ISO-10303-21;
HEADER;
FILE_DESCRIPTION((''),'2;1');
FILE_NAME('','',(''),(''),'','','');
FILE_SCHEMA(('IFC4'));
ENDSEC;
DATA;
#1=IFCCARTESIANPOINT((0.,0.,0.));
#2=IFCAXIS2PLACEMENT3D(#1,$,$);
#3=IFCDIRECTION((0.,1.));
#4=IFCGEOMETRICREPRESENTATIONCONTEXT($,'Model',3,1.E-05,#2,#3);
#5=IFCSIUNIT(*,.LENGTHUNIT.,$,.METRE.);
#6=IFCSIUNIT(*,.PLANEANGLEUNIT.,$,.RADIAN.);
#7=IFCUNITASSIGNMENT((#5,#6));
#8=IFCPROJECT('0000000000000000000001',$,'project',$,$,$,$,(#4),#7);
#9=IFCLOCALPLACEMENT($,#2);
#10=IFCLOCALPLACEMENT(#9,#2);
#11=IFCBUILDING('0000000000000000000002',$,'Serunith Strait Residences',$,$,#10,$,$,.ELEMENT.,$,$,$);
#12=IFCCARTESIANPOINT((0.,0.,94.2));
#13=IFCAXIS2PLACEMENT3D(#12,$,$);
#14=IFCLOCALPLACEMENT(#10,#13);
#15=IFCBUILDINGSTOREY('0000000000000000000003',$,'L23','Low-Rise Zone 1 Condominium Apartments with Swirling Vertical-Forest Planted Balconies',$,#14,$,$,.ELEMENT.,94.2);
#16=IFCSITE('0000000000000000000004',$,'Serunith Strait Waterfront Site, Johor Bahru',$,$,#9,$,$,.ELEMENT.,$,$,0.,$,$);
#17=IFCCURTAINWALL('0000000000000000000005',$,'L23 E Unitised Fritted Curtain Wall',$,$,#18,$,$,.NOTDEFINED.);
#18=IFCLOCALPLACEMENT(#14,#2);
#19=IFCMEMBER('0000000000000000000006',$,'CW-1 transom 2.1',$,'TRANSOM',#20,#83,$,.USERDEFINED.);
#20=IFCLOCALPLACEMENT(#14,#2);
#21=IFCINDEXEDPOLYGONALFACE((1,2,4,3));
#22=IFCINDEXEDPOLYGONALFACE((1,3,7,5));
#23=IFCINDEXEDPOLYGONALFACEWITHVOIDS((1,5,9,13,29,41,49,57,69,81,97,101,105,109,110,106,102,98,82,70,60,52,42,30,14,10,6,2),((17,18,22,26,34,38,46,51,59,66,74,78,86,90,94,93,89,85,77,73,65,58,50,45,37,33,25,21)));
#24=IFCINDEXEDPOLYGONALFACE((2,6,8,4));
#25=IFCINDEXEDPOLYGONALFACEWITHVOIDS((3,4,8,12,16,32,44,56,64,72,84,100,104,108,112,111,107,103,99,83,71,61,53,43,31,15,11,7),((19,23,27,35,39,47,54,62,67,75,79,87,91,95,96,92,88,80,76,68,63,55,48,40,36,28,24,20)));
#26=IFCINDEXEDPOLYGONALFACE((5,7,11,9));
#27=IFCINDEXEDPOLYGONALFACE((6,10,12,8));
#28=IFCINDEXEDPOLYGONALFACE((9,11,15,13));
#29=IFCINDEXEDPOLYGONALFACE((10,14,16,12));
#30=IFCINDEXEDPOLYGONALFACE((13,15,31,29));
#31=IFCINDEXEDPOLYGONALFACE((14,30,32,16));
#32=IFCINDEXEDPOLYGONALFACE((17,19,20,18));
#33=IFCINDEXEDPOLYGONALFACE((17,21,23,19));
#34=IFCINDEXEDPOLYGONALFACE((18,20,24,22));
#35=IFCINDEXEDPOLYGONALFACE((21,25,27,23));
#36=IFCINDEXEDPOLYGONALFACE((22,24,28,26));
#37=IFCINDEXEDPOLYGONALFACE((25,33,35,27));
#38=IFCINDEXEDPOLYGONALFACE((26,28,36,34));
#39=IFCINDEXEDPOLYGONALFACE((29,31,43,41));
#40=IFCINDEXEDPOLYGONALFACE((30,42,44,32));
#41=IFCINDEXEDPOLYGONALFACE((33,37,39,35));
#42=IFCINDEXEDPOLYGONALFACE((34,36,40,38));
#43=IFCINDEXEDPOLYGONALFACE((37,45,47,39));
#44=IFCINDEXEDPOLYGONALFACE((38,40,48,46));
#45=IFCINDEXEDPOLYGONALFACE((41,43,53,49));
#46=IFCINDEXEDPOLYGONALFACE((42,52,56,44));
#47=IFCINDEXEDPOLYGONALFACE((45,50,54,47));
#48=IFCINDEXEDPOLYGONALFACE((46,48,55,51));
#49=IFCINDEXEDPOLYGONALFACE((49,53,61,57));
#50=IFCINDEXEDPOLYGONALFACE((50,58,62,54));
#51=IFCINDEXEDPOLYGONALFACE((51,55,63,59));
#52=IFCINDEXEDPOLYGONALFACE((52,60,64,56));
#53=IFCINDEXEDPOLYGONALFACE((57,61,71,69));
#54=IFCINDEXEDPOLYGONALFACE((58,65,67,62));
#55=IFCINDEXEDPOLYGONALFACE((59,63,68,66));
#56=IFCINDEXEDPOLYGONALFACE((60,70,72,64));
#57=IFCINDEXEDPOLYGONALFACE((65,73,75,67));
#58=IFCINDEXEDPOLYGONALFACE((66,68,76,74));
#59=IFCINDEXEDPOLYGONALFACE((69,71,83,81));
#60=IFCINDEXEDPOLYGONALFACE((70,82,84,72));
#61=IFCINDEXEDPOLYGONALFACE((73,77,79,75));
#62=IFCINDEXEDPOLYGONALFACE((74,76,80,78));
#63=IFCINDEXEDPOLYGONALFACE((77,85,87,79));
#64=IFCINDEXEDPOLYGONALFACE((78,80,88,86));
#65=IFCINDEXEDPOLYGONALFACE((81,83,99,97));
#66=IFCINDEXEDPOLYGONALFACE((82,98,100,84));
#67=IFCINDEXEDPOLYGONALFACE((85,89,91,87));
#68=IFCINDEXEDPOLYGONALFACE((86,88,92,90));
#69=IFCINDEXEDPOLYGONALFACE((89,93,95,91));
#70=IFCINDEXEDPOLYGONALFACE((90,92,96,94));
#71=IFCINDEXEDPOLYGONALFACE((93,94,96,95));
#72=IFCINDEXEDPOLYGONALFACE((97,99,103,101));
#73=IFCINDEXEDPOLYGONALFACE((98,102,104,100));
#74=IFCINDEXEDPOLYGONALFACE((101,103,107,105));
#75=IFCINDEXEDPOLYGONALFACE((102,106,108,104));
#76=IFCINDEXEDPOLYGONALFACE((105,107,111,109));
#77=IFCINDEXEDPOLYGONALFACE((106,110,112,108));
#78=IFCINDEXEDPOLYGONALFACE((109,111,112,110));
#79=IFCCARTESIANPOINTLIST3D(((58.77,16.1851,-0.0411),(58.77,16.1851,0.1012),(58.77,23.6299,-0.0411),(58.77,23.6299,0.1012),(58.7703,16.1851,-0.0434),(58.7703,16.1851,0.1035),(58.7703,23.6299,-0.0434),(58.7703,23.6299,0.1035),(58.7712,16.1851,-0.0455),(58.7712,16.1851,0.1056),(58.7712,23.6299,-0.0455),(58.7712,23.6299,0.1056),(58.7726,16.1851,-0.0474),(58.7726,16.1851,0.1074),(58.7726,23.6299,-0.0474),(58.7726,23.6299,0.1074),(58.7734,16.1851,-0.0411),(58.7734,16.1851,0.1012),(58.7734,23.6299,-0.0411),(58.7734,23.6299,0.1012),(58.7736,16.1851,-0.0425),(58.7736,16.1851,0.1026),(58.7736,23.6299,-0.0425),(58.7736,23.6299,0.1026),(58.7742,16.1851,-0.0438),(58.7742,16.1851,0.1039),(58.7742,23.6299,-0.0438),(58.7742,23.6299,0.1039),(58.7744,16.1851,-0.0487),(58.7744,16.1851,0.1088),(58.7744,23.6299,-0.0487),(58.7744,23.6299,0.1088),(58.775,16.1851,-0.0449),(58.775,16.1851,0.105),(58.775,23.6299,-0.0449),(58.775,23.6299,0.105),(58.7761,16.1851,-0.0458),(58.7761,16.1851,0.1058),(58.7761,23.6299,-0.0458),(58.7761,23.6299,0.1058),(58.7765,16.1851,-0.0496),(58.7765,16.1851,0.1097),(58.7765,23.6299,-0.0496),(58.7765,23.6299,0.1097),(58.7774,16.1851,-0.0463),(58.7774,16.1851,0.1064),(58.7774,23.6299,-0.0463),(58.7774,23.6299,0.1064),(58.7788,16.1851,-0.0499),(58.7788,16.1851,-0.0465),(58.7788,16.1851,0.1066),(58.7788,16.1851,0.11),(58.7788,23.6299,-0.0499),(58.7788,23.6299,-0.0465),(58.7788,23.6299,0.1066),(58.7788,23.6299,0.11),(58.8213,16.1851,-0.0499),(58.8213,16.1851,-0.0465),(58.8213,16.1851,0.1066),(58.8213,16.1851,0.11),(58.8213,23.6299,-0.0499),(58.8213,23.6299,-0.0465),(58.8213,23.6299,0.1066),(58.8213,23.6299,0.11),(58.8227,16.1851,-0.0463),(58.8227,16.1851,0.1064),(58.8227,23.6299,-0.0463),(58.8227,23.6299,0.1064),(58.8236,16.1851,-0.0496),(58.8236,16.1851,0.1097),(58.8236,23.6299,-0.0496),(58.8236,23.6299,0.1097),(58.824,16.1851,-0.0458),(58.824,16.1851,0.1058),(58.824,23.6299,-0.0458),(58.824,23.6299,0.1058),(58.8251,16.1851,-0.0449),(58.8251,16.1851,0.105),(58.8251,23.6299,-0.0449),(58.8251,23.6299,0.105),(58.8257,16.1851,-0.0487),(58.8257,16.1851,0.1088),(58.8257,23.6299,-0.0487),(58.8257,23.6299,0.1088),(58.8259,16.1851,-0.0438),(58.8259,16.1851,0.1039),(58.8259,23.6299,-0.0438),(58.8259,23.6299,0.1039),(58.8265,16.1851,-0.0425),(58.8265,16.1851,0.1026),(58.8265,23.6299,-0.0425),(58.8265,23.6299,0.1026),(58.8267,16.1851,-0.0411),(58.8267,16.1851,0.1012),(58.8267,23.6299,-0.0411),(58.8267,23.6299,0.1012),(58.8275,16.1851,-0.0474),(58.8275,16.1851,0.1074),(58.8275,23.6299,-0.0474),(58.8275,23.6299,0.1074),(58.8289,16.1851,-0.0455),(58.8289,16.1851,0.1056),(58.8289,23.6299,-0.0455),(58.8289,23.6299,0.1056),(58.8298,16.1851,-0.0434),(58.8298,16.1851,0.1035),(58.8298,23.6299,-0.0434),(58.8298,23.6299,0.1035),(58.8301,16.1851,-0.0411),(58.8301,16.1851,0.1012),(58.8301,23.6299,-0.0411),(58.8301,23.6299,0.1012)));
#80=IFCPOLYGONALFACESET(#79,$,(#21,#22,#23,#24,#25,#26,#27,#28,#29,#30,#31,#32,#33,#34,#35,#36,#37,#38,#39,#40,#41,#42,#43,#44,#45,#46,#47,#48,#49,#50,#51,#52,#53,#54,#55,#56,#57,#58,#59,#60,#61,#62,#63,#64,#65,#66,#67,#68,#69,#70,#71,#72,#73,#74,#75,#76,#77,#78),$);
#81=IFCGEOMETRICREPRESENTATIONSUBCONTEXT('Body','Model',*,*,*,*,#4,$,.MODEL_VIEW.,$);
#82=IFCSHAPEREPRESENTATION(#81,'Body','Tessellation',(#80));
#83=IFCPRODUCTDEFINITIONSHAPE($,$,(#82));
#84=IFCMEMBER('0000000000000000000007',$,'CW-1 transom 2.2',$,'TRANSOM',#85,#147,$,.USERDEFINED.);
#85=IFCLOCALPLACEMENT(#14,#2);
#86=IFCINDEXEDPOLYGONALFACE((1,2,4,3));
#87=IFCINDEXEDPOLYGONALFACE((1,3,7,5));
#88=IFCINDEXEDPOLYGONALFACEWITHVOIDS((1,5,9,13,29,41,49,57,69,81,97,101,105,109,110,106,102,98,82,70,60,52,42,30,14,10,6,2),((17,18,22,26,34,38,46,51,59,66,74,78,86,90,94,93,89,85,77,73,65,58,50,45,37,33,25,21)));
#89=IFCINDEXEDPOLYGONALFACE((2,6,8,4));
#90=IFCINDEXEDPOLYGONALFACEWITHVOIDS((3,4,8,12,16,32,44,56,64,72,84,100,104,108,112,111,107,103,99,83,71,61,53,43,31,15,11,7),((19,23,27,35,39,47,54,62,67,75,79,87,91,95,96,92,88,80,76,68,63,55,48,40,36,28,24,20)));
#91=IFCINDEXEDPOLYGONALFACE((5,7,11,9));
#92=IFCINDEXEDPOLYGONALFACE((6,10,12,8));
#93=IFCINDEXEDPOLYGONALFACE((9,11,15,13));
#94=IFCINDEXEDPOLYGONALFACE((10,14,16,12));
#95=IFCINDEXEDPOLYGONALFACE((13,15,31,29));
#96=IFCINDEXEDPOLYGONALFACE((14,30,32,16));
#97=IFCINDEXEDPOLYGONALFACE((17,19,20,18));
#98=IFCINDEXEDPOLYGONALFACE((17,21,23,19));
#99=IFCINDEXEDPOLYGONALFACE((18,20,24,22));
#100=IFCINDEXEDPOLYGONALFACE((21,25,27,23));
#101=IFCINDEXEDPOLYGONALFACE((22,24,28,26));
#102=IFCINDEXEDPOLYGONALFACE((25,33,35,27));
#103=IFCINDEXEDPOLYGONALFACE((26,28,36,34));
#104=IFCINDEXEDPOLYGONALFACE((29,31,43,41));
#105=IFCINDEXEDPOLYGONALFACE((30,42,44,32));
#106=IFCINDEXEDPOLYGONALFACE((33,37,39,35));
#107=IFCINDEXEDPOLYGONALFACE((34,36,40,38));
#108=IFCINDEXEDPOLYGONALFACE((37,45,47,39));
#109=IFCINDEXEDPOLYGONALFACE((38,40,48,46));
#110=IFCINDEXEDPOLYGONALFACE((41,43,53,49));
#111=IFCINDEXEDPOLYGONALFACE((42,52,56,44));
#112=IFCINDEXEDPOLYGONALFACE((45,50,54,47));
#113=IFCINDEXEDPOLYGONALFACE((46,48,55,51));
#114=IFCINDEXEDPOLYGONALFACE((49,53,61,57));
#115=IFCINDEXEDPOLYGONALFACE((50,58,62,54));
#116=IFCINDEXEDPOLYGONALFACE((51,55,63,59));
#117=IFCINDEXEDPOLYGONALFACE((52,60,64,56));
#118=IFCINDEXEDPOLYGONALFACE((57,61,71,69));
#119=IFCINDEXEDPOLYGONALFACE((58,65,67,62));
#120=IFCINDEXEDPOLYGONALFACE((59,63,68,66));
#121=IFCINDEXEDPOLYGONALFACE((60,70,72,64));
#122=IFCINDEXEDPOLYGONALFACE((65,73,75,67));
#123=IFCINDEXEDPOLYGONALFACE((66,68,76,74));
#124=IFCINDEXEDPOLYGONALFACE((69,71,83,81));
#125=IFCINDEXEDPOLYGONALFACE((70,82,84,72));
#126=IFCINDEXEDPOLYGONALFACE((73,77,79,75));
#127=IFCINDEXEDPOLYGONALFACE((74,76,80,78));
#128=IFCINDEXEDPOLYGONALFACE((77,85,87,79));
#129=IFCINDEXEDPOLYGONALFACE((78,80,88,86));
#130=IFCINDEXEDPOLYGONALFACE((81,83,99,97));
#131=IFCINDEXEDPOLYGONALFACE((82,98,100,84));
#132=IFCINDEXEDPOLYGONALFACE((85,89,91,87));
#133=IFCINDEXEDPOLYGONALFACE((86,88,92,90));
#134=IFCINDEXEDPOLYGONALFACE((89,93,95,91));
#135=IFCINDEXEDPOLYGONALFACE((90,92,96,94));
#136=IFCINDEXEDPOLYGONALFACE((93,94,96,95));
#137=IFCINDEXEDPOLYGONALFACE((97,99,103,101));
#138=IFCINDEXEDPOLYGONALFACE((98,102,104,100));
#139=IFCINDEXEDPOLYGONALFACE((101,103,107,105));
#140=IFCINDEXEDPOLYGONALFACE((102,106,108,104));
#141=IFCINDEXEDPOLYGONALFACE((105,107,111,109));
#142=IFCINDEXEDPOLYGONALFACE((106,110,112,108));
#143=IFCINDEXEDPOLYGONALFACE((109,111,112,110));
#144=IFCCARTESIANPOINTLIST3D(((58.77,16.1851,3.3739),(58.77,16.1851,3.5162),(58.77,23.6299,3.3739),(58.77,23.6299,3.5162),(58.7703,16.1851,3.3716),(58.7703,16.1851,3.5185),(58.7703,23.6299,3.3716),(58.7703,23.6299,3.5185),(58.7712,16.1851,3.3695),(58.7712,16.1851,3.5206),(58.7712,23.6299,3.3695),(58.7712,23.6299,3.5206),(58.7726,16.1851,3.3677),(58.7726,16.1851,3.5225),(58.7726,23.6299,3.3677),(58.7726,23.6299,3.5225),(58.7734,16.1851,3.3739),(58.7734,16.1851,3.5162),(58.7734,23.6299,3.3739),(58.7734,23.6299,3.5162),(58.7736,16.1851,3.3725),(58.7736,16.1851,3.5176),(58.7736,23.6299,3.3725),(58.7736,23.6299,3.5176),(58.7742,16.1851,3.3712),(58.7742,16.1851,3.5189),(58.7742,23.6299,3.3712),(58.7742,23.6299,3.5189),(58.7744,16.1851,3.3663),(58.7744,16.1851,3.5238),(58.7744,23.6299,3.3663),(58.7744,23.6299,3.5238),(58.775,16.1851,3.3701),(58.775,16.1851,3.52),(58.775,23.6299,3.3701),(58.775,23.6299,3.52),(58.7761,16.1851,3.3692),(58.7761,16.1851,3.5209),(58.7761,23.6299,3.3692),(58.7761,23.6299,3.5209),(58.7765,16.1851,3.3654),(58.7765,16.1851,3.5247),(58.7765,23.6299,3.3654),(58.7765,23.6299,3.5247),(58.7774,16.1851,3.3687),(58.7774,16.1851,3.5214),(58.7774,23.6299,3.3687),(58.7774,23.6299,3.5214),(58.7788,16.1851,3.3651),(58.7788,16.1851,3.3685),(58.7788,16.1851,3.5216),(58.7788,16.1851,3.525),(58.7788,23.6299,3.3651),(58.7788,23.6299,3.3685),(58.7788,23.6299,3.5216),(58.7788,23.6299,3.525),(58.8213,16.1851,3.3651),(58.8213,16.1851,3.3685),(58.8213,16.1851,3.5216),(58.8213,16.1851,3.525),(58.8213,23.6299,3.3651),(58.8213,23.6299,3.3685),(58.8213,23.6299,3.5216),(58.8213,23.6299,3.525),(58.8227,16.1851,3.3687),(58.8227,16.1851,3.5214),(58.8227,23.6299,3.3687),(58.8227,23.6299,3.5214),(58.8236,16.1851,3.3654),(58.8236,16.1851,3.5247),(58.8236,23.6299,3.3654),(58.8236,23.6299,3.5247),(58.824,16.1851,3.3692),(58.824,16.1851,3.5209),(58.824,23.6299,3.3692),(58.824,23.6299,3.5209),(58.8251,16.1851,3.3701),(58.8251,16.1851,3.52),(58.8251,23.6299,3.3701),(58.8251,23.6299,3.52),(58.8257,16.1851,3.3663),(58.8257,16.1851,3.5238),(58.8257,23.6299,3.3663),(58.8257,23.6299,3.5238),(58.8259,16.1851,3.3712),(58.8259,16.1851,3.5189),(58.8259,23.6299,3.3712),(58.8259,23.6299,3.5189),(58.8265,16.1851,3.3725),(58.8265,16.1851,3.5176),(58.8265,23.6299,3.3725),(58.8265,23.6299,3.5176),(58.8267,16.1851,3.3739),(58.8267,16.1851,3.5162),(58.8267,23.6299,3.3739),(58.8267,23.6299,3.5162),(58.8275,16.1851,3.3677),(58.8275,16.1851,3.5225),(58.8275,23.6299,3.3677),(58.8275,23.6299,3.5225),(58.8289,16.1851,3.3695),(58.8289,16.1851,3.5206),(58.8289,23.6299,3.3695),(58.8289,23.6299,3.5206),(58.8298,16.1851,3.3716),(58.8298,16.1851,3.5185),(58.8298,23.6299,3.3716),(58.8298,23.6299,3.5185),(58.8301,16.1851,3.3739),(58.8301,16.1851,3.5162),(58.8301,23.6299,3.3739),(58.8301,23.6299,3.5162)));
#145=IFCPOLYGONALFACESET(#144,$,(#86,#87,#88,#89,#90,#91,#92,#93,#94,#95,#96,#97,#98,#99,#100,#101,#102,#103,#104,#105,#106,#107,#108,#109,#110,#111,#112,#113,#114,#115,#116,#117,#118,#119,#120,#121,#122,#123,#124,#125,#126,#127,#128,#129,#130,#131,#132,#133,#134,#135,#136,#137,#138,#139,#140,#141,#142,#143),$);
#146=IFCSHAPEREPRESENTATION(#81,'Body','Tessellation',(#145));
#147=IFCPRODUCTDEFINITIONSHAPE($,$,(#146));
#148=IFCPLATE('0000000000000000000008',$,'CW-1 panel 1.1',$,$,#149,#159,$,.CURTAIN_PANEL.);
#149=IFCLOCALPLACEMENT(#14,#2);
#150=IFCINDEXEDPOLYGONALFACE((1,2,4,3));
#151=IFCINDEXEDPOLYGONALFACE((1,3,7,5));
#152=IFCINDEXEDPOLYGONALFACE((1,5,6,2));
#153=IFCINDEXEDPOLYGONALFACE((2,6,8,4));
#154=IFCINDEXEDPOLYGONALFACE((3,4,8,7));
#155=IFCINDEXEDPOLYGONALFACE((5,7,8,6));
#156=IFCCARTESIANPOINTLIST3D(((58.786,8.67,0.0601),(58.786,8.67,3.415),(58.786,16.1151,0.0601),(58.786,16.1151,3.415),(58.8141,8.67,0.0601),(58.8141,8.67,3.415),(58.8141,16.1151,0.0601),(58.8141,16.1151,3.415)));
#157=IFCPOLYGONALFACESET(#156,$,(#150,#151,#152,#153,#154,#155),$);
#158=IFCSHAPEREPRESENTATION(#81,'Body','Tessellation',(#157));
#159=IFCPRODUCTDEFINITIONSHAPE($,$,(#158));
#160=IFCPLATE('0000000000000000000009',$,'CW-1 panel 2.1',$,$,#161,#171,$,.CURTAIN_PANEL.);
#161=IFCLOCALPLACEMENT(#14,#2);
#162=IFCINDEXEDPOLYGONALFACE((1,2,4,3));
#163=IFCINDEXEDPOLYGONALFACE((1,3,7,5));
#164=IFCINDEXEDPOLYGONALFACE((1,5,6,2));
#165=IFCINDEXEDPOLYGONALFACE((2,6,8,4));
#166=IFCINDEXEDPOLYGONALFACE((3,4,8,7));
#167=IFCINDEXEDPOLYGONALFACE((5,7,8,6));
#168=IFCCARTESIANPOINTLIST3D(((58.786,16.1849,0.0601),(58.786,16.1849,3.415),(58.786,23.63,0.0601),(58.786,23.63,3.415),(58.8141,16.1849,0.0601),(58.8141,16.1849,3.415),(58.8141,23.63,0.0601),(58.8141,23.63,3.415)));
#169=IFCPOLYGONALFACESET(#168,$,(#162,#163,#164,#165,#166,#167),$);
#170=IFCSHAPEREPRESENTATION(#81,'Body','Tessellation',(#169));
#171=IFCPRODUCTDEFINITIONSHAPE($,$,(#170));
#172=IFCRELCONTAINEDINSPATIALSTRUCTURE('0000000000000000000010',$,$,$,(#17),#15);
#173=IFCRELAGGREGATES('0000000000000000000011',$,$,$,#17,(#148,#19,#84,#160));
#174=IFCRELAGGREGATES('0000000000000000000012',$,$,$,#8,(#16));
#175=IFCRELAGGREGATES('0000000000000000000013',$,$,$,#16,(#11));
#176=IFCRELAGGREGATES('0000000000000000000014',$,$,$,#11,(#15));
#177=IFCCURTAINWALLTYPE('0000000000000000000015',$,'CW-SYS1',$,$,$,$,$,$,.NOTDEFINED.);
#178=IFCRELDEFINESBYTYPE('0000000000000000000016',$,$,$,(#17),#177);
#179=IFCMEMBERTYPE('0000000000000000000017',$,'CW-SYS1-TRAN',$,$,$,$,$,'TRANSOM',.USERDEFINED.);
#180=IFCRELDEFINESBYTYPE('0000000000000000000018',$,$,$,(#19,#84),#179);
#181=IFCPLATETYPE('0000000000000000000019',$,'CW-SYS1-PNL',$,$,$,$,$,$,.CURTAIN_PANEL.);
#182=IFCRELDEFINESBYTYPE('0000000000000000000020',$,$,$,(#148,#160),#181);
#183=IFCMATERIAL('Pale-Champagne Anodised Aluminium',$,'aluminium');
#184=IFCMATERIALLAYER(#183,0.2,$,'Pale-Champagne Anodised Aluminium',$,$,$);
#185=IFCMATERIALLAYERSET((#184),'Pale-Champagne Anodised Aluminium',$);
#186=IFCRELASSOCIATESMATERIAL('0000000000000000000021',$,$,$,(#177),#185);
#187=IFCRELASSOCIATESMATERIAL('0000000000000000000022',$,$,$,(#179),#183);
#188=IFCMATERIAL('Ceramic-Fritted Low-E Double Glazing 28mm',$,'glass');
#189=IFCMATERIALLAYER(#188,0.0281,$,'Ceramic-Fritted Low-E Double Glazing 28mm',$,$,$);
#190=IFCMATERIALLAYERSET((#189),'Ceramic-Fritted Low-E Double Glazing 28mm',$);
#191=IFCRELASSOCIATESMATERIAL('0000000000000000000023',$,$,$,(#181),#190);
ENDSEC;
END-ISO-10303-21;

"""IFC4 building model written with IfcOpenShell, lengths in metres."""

from ifc_helpers import new_model, si_unit, direction, frame, origin, origin_2d, place, context, subcontext, project, spatial, rectangle, hollow_rectangle, extrude, source, transform, mapped, material, layer, layer_set, material_profile, profile_set, type_object, element, aggregate, save


model = new_model("IFC4")

# Units and contexts
model_context = context("Model", 3, precision=1e-05, world=origin(), true_north=direction((0.0, 1.0)))
body_context = subcontext(model_context, "Body", "Model", "MODEL_VIEW")
ifc_project = project(units=[si_unit("LENGTHUNIT", "METRE"), si_unit("PLANEANGLEUNIT", "RADIAN")], contexts=[model_context])

# Site, building, storey
site_placement = place(None, origin())
site = spatial("IfcSite", under=ifc_project, at=site_placement, Name="Serunith Strait Waterfront Site, Johor Bahru", CompositionType="ELEMENT", RefElevation=0.0)
building_placement = place(site_placement, origin())
building = spatial("IfcBuilding", under=site, at=building_placement, Name="Serunith Strait Residences", CompositionType="ELEMENT")
storey_placement = place(building_placement, frame((0.0, 0.0, 94.2)))
storey = spatial("IfcBuildingStorey", under=building, at=storey_placement, Name="L23", Description="Low-Rise Zone 1 Condominium Apartments with Swirling Vertical-Forest Planted Balconies", CompositionType="ELEMENT", Elevation=94.2)

# Curtain wall, members, plates
ifc_material_1 = material(Name="Pale-Champagne Anodised Aluminium", Category="aluminium")
ifc_layer_1 = layer(ifc_material_1, 0.2, Name="Pale-Champagne Anodised Aluminium")
ifc_layer_set_1 = layer_set([ifc_layer_1], Name="Pale-Champagne Anodised Aluminium")
curtain_wall_type = type_object("IfcCurtainWallType", Name="CW-SYS1", PredefinedType="NOTDEFINED", material=ifc_layer_set_1)
curtain_wall_placement = place(storey_placement, origin())
curtain_wall = element("IfcCurtainWall", 1, at=curtain_wall_placement, inside=storey, type_object=curtain_wall_type, Name="L23 E Unitised Fritted Curtain Wall", PredefinedType="NOTDEFINED")
ifc_material_profile_1 = material_profile(ifc_material_1, hollow_rectangle(XDim=0.0601, YDim=0.1599, WallThickness=0.0034, InnerFilletRadius=0.0054, OuterFilletRadius=0.0088, at=origin_2d()), Name="ALU 160x60x3.5")
ifc_profile_set_1 = profile_set([ifc_material_profile_1], Name="Pale-Champagne Anodised Aluminium")
member_type_1 = type_object("IfcMemberType", Name="CW-SYS1-TRAN", ElementType="TRANSOM", PredefinedType="USERDEFINED", material=ifc_profile_set_1)
shared_shape_1 = source(origin(), body_context, "Body", "SweptSolid", [
    extrude(hollow_rectangle(XDim=0.0601, YDim=0.1599, WallThickness=0.0034, InnerFilletRadius=0.0054, OuterFilletRadius=0.0088, at=origin_2d()), origin(), (0.0, 0.0, 1.0), 7.4448),
])
member_1_placement = place(storey_placement, frame((58.8, 16.1851, 0.03), z_axis=(0.0, 1.0, 0.0), x_axis=(-1.0, 0.0, 0.0)))
member_1 = element("IfcMember", 2, at=member_1_placement, type_object=member_type_1, Name="CW-1 transom 2.1", ObjectType="TRANSOM", PredefinedType="USERDEFINED", context=body_context, shape_type="MappedRepresentation", body=[
    mapped(shared_shape_1, transform((0.0, 0.0, 0.0), scale=1.0)),
])
member_2_placement = place(storey_placement, frame((58.8, 16.1851, 3.4451), z_axis=(0.0, 1.0, 0.0), x_axis=(-1.0, 0.0, 0.0)))
member_2 = element("IfcMember", 3, at=member_2_placement, type_object=member_type_1, Name="CW-1 transom 2.2", ObjectType="TRANSOM", PredefinedType="USERDEFINED", context=body_context, shape_type="MappedRepresentation", body=[
    mapped(shared_shape_1, transform((0.0, 0.0, 0.0), scale=1.0)),
])
ifc_material_2 = material(Name="Ceramic-Fritted Low-E Double Glazing 28mm", Category="glass")
ifc_layer_2 = layer(ifc_material_2, 0.0281, Name="Ceramic-Fritted Low-E Double Glazing 28mm")
ifc_layer_set_2 = layer_set([ifc_layer_2], Name="Ceramic-Fritted Low-E Double Glazing 28mm")
plate_type = type_object("IfcPlateType", Name="CW-SYS1-PNL", PredefinedType="CURTAIN_PANEL", material=ifc_layer_set_2)
shared_shape_2 = source(origin(), body_context, "Body", "SweptSolid", [
    extrude(rectangle(XDim=7.4451, YDim=0.0281, at=origin_2d()), origin(), (0.0, 0.0, 1.0), 3.355),
])
plate_1_placement = place(storey_placement, frame((58.8, 12.3926, 0.0601), z_axis=(0.0, 0.0, 1.0), x_axis=(0.0, 1.0, 0.0)))
plate_1 = element("IfcPlate", 4, at=plate_1_placement, type_object=plate_type, Name="CW-1 panel 1.1", PredefinedType="CURTAIN_PANEL", context=body_context, shape_type="MappedRepresentation", body=[
    mapped(shared_shape_2, transform((0.0, 0.0, 0.0), scale=1.0)),
])
plate_2_placement = place(storey_placement, frame((58.8, 19.9075, 0.0601), z_axis=(0.0, 0.0, 1.0), x_axis=(0.0, 1.0, 0.0)))
plate_2 = element("IfcPlate", 5, at=plate_2_placement, type_object=plate_type, Name="CW-1 panel 2.1", PredefinedType="CURTAIN_PANEL", context=body_context, shape_type="MappedRepresentation", body=[
    mapped(shared_shape_2, transform((0.0, 0.0, 0.0), scale=1.0)),
])
aggregate(curtain_wall, [plate_1, member_1, member_2, plate_2])

save(model, "model.ifc")
